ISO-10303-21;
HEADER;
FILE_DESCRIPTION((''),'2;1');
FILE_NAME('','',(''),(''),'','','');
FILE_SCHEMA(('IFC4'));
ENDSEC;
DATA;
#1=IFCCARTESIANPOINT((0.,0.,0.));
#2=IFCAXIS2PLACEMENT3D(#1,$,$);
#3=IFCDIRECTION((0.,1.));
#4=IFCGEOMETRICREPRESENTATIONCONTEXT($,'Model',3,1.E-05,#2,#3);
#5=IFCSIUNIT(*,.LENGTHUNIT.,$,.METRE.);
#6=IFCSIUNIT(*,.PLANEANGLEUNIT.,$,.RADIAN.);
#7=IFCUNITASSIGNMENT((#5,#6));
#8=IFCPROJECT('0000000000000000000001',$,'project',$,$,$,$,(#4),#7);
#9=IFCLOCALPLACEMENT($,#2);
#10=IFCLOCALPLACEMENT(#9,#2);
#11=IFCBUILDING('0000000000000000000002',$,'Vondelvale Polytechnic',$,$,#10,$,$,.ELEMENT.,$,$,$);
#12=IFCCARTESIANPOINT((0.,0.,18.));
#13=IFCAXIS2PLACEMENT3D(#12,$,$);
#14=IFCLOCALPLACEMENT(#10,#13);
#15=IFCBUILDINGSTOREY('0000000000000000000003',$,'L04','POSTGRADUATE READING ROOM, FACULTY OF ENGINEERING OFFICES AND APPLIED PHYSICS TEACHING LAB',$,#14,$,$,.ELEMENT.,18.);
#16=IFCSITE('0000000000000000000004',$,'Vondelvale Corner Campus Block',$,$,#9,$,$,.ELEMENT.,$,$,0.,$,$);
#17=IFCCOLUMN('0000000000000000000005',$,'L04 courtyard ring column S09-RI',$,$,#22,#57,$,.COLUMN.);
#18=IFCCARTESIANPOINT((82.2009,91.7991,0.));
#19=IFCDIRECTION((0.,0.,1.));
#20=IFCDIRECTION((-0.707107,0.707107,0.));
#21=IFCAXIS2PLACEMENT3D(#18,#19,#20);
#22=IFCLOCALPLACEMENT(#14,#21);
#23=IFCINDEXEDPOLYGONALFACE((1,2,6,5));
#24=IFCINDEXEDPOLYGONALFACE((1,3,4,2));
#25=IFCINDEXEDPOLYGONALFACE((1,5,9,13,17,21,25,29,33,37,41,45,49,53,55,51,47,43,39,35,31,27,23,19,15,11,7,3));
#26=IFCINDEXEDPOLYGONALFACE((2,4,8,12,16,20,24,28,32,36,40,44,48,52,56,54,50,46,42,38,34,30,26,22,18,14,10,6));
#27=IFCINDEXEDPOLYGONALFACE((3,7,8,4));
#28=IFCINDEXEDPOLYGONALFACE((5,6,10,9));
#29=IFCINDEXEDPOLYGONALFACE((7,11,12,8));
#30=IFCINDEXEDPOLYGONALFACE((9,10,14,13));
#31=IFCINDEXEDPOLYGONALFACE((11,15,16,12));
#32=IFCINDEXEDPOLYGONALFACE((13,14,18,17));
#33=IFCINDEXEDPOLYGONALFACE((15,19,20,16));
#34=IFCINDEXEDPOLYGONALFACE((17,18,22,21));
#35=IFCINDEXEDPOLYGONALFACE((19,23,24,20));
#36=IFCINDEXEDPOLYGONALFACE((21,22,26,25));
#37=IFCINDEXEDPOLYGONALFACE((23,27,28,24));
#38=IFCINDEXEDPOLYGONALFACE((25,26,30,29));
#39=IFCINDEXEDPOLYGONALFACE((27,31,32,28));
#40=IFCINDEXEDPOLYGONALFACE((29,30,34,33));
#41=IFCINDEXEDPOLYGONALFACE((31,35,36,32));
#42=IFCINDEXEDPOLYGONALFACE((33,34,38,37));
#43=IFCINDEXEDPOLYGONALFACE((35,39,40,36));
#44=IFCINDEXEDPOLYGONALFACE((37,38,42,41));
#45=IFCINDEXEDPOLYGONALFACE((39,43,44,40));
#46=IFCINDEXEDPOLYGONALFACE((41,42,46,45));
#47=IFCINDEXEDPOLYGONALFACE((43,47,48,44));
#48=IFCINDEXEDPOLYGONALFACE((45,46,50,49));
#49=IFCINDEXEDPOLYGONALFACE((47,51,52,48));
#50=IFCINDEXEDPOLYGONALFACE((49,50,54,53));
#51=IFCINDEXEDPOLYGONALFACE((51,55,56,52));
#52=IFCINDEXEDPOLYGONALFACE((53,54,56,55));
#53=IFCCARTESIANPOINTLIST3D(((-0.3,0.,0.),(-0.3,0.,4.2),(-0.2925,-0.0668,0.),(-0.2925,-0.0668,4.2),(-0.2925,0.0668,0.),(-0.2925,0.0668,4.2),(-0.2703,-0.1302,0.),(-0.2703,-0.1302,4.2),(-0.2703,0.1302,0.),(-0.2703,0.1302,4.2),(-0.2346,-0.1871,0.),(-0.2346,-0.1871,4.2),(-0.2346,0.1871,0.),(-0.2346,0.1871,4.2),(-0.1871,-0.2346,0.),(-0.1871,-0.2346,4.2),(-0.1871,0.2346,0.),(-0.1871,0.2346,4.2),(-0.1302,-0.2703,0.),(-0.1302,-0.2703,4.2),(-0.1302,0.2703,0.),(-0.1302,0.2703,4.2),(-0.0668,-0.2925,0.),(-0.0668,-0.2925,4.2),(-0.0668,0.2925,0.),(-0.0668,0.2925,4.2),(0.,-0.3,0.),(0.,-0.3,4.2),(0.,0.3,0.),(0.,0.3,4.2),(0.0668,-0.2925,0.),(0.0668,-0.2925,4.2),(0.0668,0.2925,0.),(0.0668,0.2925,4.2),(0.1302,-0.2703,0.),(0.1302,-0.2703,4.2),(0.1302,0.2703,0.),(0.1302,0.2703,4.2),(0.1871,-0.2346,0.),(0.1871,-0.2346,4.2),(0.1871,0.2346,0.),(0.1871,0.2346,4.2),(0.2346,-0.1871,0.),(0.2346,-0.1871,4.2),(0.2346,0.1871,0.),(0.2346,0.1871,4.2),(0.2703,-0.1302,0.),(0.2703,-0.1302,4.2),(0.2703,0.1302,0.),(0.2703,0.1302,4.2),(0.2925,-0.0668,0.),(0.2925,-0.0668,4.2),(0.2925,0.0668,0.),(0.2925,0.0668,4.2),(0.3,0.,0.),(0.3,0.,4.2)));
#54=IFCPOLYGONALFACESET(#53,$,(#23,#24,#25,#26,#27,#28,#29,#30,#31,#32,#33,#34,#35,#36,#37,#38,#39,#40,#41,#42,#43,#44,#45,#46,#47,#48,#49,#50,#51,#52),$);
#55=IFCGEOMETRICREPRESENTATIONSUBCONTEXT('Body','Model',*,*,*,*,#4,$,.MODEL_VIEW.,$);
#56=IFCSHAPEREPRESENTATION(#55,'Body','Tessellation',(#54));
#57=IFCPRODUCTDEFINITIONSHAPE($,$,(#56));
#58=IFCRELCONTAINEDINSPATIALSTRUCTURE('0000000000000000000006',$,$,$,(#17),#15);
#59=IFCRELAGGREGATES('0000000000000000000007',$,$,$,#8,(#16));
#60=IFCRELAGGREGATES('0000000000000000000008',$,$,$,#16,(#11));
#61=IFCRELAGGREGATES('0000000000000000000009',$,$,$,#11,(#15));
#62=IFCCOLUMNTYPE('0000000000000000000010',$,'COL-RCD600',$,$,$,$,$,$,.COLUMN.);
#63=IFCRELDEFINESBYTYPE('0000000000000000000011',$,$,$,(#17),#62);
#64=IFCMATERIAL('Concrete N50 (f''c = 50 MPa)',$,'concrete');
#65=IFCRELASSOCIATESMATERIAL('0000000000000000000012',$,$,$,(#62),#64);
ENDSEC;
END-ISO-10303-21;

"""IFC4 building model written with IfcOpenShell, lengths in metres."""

from ifc_helpers import new_model, si_unit, direction, frame, origin, origin_2d, place, context, subcontext, project, spatial, circle, extrude, material, material_profile, profile_set, type_object, element, save


model = new_model("IFC4")

# Units and contexts
model_context = context("Model", 3, precision=1e-05, world=origin(), true_north=direction((0.0, 1.0)))
body_context = subcontext(model_context, "Body", "Model", "MODEL_VIEW")
ifc_project = project(units=[si_unit("LENGTHUNIT", "METRE"), si_unit("PLANEANGLEUNIT", "RADIAN")], contexts=[model_context])

# Site, building, storey
site_placement = place(None, origin())
site = spatial("IfcSite", under=ifc_project, at=site_placement, Name="Vondelvale Corner Campus Block", CompositionType="ELEMENT", RefElevation=0.0)
building_placement = place(site_placement, origin())
building = spatial("IfcBuilding", under=site, at=building_placement, Name="Vondelvale Polytechnic", CompositionType="ELEMENT")
storey_placement = place(building_placement, frame((0.0, 0.0, 18.0)))
storey = spatial("IfcBuildingStorey", under=building, at=storey_placement, Name="L04", Description="POSTGRADUATE READING ROOM, FACULTY OF ENGINEERING OFFICES AND APPLIED PHYSICS TEACHING LAB", CompositionType="ELEMENT", Elevation=18.0)

# Column
ifc_material_1 = material(Name="Concrete N50 (f'c = 50 MPa)", Category="concrete")
ifc_material_profile_1 = material_profile(ifc_material_1, circle(Radius=0.3, at=origin_2d()), Name="RC-COL-D600")
ifc_profile_set_1 = profile_set([ifc_material_profile_1], Name="Concrete N50 (f'c = 50 MPa)")
column_type = type_object("IfcColumnType", Name="COL-RCD600", PredefinedType="COLUMN", material=ifc_profile_set_1)
column_placement = place(storey_placement, frame((82.2009, 91.7991, 0.0), z_axis=(0.0, 0.0, 1.0), x_axis=(-0.707107, 0.707107, 0.0)))
element("IfcColumn", 1, at=column_placement, inside=storey, type_object=column_type, Name="L04 courtyard ring column S09-RI", PredefinedType="COLUMN", context=body_context, shape_type="SweptSolid", body=[
    extrude(circle(Radius=0.3, at=origin_2d()), origin(), (0.0, 0.0, 1.0), 4.2),
])

save(model, "model.ifc")
